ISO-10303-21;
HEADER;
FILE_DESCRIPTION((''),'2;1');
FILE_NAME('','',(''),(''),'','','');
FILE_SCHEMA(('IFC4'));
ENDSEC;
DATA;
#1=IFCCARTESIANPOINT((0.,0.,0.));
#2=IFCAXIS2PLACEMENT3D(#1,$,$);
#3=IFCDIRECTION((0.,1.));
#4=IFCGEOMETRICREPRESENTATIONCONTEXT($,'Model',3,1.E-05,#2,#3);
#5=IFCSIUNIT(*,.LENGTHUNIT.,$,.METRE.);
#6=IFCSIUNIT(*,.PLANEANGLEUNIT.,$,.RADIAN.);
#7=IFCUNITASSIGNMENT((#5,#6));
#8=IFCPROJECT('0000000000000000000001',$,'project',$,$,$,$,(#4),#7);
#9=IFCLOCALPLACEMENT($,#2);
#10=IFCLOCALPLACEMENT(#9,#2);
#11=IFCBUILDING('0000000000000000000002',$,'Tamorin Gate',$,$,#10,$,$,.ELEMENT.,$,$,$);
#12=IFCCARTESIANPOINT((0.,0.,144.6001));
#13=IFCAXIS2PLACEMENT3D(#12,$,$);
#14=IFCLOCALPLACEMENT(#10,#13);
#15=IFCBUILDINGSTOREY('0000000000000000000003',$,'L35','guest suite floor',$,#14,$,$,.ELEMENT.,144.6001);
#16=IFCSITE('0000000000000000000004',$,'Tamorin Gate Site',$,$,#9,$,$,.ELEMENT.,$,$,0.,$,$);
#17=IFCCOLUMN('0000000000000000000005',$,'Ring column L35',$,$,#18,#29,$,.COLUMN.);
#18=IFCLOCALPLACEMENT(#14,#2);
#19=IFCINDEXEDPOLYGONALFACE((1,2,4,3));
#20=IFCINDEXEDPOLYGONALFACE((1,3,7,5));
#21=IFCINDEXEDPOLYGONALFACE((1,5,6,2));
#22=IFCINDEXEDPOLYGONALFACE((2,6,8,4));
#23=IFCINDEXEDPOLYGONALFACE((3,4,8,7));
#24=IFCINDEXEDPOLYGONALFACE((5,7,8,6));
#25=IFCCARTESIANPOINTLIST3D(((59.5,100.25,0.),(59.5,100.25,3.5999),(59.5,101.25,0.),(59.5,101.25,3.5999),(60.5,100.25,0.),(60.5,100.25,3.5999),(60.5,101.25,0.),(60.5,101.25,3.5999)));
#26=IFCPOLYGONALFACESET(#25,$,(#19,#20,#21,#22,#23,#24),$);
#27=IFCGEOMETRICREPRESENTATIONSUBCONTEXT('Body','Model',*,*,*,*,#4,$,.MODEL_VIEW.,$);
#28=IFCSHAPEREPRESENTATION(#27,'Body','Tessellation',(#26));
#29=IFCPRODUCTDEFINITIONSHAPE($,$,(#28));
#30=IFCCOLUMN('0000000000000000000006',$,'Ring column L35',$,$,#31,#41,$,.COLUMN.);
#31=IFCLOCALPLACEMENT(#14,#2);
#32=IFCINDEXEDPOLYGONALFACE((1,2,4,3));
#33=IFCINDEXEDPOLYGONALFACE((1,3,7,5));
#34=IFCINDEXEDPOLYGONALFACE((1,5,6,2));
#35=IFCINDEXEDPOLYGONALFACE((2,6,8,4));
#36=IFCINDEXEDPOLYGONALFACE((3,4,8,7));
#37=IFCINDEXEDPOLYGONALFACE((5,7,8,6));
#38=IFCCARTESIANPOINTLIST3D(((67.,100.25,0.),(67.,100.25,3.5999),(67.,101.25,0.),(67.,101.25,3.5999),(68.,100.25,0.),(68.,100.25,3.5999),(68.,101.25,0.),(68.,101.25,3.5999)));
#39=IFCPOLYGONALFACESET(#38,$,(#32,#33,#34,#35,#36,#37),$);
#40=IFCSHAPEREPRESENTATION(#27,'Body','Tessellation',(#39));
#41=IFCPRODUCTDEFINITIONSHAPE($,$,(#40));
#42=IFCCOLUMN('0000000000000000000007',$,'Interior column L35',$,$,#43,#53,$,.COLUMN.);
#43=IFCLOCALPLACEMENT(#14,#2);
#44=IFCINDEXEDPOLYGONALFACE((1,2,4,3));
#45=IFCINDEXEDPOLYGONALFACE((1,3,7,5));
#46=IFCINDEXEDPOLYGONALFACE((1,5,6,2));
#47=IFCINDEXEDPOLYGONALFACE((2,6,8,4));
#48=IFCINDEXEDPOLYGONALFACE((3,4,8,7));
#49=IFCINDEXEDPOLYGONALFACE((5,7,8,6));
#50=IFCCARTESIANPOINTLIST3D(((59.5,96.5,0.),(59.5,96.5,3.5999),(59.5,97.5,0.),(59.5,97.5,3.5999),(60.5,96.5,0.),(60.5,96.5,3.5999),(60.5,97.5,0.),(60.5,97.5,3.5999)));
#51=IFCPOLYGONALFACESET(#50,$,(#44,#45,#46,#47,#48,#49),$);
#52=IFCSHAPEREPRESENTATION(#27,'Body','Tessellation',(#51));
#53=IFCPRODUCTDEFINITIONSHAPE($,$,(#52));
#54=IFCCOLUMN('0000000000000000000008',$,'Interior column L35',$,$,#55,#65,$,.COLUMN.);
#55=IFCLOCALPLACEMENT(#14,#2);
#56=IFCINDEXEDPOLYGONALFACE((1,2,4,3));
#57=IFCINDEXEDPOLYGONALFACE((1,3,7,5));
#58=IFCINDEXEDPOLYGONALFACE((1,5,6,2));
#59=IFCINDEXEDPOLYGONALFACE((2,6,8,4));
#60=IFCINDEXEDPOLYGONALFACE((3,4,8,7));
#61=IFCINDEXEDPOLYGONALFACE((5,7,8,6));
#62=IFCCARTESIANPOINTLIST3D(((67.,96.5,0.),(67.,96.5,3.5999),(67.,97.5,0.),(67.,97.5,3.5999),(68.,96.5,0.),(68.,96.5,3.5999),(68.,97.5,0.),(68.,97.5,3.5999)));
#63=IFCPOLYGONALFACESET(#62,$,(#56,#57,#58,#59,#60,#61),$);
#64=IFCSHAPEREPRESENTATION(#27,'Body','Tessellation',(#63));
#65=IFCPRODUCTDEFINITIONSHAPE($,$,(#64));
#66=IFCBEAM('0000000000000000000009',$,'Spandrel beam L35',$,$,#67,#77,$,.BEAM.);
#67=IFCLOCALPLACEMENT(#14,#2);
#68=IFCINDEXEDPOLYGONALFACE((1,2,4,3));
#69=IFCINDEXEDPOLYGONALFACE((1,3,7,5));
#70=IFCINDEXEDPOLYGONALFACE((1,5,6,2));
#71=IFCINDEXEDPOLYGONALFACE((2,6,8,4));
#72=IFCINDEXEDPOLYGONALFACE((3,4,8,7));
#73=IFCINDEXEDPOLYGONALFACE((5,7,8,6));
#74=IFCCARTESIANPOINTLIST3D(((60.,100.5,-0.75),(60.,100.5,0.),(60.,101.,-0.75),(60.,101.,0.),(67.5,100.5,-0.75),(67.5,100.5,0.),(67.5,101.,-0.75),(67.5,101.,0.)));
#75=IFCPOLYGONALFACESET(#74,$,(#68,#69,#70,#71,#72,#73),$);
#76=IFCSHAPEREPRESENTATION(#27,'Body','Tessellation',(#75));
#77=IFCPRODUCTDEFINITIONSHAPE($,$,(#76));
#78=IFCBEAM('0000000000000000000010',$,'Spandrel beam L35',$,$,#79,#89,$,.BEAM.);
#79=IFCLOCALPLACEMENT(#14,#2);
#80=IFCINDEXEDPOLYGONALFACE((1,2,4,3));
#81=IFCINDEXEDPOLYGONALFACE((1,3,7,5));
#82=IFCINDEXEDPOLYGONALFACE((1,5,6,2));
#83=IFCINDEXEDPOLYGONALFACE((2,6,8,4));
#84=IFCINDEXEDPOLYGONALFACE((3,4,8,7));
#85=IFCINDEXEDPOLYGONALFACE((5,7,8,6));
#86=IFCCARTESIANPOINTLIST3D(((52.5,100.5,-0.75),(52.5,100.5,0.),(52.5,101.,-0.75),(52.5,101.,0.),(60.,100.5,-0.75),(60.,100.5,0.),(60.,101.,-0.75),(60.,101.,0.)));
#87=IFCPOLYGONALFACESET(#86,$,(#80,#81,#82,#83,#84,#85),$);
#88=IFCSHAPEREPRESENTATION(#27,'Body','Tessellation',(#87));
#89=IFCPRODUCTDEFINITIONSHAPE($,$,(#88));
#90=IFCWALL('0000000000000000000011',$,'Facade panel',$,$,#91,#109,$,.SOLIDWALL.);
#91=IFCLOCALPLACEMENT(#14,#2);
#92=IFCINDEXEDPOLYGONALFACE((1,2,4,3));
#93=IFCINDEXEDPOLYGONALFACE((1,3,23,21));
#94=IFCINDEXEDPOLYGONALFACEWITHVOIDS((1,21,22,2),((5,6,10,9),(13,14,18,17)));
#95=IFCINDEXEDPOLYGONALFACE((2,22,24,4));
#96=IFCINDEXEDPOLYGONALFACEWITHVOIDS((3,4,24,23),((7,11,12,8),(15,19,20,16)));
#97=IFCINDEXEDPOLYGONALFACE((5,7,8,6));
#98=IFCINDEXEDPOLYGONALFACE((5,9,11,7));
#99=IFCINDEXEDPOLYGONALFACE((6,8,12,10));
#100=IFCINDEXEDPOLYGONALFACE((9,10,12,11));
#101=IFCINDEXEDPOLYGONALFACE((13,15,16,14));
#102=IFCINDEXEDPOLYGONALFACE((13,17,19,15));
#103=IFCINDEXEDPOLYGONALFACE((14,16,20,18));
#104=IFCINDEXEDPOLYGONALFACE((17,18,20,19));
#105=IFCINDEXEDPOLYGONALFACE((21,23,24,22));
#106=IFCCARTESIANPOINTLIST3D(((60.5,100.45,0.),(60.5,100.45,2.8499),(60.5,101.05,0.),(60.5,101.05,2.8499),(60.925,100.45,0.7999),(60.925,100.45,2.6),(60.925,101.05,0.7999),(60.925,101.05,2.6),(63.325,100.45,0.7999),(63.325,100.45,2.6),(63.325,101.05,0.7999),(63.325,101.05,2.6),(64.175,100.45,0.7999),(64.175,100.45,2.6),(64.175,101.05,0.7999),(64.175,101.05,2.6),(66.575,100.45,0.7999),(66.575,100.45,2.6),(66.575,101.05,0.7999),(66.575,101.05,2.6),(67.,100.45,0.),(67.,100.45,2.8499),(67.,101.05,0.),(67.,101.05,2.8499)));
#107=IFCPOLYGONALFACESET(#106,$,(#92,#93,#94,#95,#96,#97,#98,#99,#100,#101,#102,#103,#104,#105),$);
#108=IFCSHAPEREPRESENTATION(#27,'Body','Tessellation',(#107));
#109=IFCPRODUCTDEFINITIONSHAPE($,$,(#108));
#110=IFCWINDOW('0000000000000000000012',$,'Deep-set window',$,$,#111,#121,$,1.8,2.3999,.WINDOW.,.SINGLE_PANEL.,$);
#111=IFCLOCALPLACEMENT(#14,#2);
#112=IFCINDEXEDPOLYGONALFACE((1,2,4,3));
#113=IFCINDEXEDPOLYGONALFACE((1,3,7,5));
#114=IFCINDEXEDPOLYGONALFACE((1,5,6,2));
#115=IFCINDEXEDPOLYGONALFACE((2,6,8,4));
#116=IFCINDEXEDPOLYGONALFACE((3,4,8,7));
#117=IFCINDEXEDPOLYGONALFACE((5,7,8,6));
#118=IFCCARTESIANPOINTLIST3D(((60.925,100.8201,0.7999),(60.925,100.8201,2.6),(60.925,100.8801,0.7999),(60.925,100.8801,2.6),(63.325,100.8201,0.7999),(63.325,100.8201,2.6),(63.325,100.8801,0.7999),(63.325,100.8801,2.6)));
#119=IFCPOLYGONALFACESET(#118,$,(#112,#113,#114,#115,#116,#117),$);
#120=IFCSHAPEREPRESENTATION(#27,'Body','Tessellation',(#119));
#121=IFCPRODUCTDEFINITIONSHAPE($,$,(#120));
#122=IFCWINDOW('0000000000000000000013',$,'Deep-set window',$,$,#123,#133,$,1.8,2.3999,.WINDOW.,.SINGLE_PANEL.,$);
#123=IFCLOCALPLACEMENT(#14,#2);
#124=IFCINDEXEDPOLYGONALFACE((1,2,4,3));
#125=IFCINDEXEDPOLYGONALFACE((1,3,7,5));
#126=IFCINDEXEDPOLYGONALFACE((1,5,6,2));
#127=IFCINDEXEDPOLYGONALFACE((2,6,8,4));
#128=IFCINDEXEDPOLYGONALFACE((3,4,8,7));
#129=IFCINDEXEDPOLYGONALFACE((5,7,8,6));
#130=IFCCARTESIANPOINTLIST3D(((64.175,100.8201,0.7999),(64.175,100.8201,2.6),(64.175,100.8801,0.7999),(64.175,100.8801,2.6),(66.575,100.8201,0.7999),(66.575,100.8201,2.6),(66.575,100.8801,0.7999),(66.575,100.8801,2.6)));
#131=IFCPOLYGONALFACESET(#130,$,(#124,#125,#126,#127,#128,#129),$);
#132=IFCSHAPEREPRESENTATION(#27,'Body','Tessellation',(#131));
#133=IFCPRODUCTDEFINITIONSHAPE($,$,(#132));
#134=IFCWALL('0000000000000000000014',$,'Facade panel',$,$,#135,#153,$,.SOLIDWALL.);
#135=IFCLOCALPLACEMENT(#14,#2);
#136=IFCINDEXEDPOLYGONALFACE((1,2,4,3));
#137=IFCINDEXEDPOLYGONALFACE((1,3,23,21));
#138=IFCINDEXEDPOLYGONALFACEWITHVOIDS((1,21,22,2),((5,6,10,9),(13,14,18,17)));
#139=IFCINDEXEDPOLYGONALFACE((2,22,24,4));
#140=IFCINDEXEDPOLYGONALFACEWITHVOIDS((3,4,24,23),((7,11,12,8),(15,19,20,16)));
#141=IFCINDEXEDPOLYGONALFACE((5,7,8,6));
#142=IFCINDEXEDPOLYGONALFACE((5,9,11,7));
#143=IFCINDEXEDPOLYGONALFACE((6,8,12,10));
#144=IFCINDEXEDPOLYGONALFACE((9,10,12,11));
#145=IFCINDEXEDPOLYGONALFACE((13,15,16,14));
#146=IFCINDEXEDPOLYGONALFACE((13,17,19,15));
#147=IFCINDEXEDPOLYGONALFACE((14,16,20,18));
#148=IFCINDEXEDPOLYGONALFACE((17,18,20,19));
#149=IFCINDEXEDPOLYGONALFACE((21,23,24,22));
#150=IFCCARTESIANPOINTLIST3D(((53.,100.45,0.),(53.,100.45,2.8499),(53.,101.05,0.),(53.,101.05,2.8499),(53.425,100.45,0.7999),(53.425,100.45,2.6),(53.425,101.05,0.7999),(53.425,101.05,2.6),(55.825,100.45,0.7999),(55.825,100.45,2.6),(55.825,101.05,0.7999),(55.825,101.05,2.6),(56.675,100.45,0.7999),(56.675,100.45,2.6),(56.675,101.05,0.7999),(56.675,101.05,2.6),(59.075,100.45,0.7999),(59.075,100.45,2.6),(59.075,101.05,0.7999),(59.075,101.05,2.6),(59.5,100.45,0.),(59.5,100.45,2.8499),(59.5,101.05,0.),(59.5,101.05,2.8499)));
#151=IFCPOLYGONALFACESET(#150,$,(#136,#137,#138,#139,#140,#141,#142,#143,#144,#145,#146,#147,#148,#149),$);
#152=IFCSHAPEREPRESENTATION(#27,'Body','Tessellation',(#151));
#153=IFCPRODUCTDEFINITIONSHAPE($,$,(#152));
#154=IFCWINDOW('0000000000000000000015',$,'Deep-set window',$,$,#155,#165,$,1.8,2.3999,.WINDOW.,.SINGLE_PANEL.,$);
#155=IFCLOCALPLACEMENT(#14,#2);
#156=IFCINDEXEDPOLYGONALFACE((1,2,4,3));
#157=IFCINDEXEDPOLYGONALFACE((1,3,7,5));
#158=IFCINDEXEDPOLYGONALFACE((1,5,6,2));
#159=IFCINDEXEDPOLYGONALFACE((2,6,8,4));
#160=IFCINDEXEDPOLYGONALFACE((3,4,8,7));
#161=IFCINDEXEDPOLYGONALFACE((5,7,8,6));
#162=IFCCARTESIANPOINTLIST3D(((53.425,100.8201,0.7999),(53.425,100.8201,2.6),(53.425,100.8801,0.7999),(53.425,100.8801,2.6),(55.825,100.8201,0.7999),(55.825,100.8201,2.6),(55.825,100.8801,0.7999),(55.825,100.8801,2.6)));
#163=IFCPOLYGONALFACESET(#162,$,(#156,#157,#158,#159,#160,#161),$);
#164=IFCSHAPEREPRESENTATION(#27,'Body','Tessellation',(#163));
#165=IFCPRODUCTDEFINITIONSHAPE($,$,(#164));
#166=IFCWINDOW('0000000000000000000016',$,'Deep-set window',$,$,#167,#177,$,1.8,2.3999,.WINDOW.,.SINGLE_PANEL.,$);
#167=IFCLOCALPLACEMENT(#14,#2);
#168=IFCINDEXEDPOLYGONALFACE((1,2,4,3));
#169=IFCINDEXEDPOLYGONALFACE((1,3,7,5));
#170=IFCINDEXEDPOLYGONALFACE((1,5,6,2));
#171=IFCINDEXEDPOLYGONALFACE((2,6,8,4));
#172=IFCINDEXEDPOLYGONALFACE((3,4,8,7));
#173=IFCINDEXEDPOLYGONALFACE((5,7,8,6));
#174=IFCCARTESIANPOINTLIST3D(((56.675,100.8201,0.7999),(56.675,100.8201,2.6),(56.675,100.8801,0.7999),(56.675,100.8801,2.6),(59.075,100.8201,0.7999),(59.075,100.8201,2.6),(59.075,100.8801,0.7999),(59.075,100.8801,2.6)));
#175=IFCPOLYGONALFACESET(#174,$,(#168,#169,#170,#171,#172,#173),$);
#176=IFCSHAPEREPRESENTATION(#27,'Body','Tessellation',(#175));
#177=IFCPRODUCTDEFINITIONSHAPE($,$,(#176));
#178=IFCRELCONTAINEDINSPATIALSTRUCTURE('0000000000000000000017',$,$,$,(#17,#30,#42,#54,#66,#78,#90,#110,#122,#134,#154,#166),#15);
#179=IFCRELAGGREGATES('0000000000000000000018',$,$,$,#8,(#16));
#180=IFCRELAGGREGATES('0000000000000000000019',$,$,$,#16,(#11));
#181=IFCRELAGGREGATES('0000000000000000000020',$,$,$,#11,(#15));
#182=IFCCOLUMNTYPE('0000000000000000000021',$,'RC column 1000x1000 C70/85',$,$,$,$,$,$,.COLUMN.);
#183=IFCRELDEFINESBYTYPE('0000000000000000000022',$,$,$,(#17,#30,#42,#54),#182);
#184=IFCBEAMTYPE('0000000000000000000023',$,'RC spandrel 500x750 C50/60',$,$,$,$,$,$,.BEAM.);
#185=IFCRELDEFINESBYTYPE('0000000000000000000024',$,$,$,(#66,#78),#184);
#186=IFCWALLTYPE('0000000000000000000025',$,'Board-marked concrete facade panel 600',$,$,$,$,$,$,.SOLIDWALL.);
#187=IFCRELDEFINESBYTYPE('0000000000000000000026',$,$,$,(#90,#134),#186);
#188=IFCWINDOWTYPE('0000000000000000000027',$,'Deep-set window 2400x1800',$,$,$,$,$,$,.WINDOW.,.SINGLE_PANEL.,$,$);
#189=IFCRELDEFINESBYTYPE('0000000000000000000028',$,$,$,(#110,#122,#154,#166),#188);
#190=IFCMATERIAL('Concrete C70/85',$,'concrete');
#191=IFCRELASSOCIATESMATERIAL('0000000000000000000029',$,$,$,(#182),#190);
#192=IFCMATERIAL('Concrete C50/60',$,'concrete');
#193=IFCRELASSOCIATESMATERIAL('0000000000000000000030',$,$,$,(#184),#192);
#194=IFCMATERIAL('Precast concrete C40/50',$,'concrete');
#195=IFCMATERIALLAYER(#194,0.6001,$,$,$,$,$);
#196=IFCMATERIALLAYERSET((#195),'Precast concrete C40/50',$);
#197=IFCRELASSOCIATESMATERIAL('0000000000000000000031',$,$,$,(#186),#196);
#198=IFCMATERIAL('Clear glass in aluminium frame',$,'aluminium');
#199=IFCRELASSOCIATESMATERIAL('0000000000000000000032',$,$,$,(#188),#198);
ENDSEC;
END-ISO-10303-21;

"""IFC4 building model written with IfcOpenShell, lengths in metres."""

from ifc_helpers import new_model, si_unit, direction, frame, frame_2d, origin, origin_2d, place, context, subcontext, project, spatial, rectangle, extrude, material, layer, layer_set, material_profile, profile_set, type_object, element, fill, save


model = new_model("IFC4")

# Units and contexts
model_context = context("Model", 3, precision=1e-05, world=origin(), true_north=direction((0.0, 1.0)))
body_context = subcontext(model_context, "Body", "Model", "MODEL_VIEW")
ifc_project = project(units=[si_unit("LENGTHUNIT", "METRE"), si_unit("PLANEANGLEUNIT", "RADIAN")], contexts=[model_context])

# Site, building, storey
site_placement = place(None, origin())
site = spatial("IfcSite", under=ifc_project, at=site_placement, Name="Tamorin Gate Site", CompositionType="ELEMENT", RefElevation=0.0)
building_placement = place(site_placement, origin())
building = spatial("IfcBuilding", under=site, at=building_placement, Name="Tamorin Gate", CompositionType="ELEMENT")
storey_placement = place(building_placement, frame((0.0, 0.0, 144.6001)))
storey = spatial("IfcBuildingStorey", under=building, at=storey_placement, Name="L35", Description="guest suite floor", CompositionType="ELEMENT", Elevation=144.6001)

# Columns
ifc_material_1 = material(Name="Concrete C70/85", Category="concrete")
ifc_material_profile_1 = material_profile(ifc_material_1, rectangle(XDim=1.0, YDim=1.0, at=origin_2d()), Name="RC 1000x1000")
ifc_profile_set_1 = profile_set([ifc_material_profile_1], Name="Concrete C70/85")
column_type = type_object("IfcColumnType", Name="RC column 1000x1000 C70/85", PredefinedType="COLUMN", material=ifc_profile_set_1)
for number, where, z_axis, x_axis, name in (
    (1, (60.0, 100.75, 0.0), (0.0, 0.0, 1.0), (1.0, 0.0, 0.0), "Ring column L35"),
    (2, (67.5, 100.75, 0.0), (0.0, 0.0, 1.0), (1.0, 0.0, 0.0), "Ring column L35"),
    (3, (60.0, 97.0, 0.0), (0.0, 0.0, 1.0), (1.0, 0.0, 0.0), "Interior column L35"),
    (4, (67.5, 97.0, 0.0), (0.0, 0.0, 1.0), (1.0, 0.0, 0.0), "Interior column L35"),
):
    element("IfcColumn", number, at=place(storey_placement, frame(where, z_axis=z_axis, x_axis=x_axis)), inside=storey, type_object=column_type, Name=name, PredefinedType="COLUMN", context=body_context, shape_type="SweptSolid", body=[
        extrude(rectangle(XDim=1.0, YDim=1.0, at=origin_2d()), origin(), (0.0, 0.0, 1.0), 3.5999),
    ])

# Beams
ifc_material_2 = material(Name="Concrete C50/60", Category="concrete")
ifc_material_profile_2 = material_profile(ifc_material_2, rectangle(XDim=0.5, YDim=0.75, at=origin_2d()), Name="RC 500x750")
ifc_profile_set_2 = profile_set([ifc_material_profile_2], Name="Concrete C50/60")
beam_type = type_object("IfcBeamType", Name="RC spandrel 500x750 C50/60", PredefinedType="BEAM", material=ifc_profile_set_2)
for number, where, z_axis, x_axis, name in (
    (5, (67.5, 100.75, -0.375), (-1.0, 0.0, 0.0), (0.0, -1.0, 0.0), "Spandrel beam L35"),
    (6, (60.0, 100.75, -0.375), (-1.0, 0.0, 0.0), (0.0, -1.0, 0.0), "Spandrel beam L35"),
):
    element("IfcBeam", number, at=place(storey_placement, frame(where, z_axis=z_axis, x_axis=x_axis)), inside=storey, type_object=beam_type, Name=name, PredefinedType="BEAM", context=body_context, shape_type="SweptSolid", body=[
        extrude(rectangle(XDim=0.5, YDim=0.75, at=origin_2d()), origin(), (0.0, 0.0, 1.0), 7.5),
    ])

# Walls, openings, windows
ifc_material_3 = material(Name="Precast concrete C40/50", Category="concrete")
ifc_layer_1 = layer(ifc_material_3, 0.6001)
ifc_layer_set_1 = layer_set([ifc_layer_1], Name="Precast concrete C40/50")
wall_type_1 = type_object("IfcWallType", Name="Board-marked concrete facade panel 600", PredefinedType="SOLIDWALL", material=ifc_layer_set_1)
wall_1_placement = place(storey_placement, frame((67.0, 100.75, 0.0), z_axis=(0.0, 0.0, 1.0), x_axis=(-1.0, 0.0, 0.0)))
wall_1 = element("IfcWall", 7, at=wall_1_placement, inside=storey, type_object=wall_type_1, Name="Facade panel", PredefinedType="SOLIDWALL", context=body_context, shape_type="SweptSolid", body=[
    extrude(rectangle(XDim=6.5, YDim=0.6001, at=frame_2d((3.25, 0.0))), origin(), (0.0, 0.0, 1.0), 2.8499),
])
opening_1_placement = place(wall_1_placement, frame((3.675, 0.0, 0.8)))
opening_1 = element("IfcOpeningElement", 8, at=opening_1_placement, cuts=wall_1, PredefinedType="OPENING", context=body_context, shape_type="SweptSolid", body=[
    extrude(rectangle(XDim=2.3999, YDim=1.8, at=frame_2d((1.2, 0.8999))), frame((0.0, 0.3101, 0.0), z_axis=(0.0, -1.0, 0.0), x_axis=(1.0, 0.0, 0.0)), (0.0, 0.0, 1.0), 0.6201),
])
opening_2_placement = place(wall_1_placement, frame((0.425, 0.0, 0.8)))
opening_2 = element("IfcOpeningElement", 9, at=opening_2_placement, cuts=wall_1, PredefinedType="OPENING", context=body_context, shape_type="SweptSolid", body=[
    extrude(rectangle(XDim=2.3999, YDim=1.8, at=frame_2d((1.2, 0.8999))), frame((0.0, 0.3101, 0.0), z_axis=(0.0, -1.0, 0.0), x_axis=(1.0, 0.0, 0.0)), (0.0, 0.0, 1.0), 0.6201),
])
ifc_material_4 = material(Name="Clear glass in aluminium frame", Category="aluminium")
window_type = type_object("IfcWindowType", Name="Deep-set window 2400x1800", PartitioningType="SINGLE_PANEL", PredefinedType="WINDOW", material=ifc_material_4)
window_1_placement = place(opening_1_placement, origin())
window_1 = element("IfcWindow", 10, at=window_1_placement, inside=storey, type_object=window_type, Name="Deep-set window", OverallHeight=1.8, OverallWidth=2.3999, PartitioningType="SINGLE_PANEL", PredefinedType="WINDOW", context=body_context, shape_type="SweptSolid", body=[
    extrude(rectangle(XDim=2.3999, YDim=1.8, at=frame_2d((1.2, 0.8999))), frame((0.0, -0.0701, 0.0), z_axis=(0.0, -1.0, 0.0), x_axis=(1.0, 0.0, 0.0)), (0.0, 0.0, 1.0), 0.0601),
])
fill(opening_1, window_1)
window_2_placement = place(opening_2_placement, origin())
window_2 = element("IfcWindow", 11, at=window_2_placement, inside=storey, type_object=window_type, Name="Deep-set window", OverallHeight=1.8, OverallWidth=2.3999, PartitioningType="SINGLE_PANEL", PredefinedType="WINDOW", context=body_context, shape_type="SweptSolid", body=[
    extrude(rectangle(XDim=2.3999, YDim=1.8, at=frame_2d((1.2, 0.8999))), frame((0.0, -0.0701, 0.0), z_axis=(0.0, -1.0, 0.0), x_axis=(1.0, 0.0, 0.0)), (0.0, 0.0, 1.0), 0.0601),
])
fill(opening_2, window_2)
wall_2_placement = place(storey_placement, frame((59.5, 100.75, 0.0), z_axis=(0.0, 0.0, 1.0), x_axis=(-1.0, 0.0, 0.0)))
wall_2 = element("IfcWall", 12, at=wall_2_placement, inside=storey, type_object=wall_type_1, Name="Facade panel", PredefinedType="SOLIDWALL", context=body_context, shape_type="SweptSolid", body=[
    extrude(rectangle(XDim=6.5, YDim=0.6001, at=frame_2d((3.25, 0.0))), origin(), (0.0, 0.0, 1.0), 2.8499),
])
opening_3_placement = place(wall_2_placement, frame((3.675, 0.0, 0.8)))
opening_3 = element("IfcOpeningElement", 13, at=opening_3_placement, cuts=wall_2, PredefinedType="OPENING", context=body_context, shape_type="SweptSolid", body=[
    extrude(rectangle(XDim=2.3999, YDim=1.8, at=frame_2d((1.2, 0.8999))), frame((0.0, 0.3101, 0.0), z_axis=(0.0, -1.0, 0.0), x_axis=(1.0, 0.0, 0.0)), (0.0, 0.0, 1.0), 0.6201),
])
opening_4_placement = place(wall_2_placement, frame((0.425, 0.0, 0.8)))
opening_4 = element("IfcOpeningElement", 14, at=opening_4_placement, cuts=wall_2, PredefinedType="OPENING", context=body_context, shape_type="SweptSolid", body=[
    extrude(rectangle(XDim=2.3999, YDim=1.8, at=frame_2d((1.2, 0.8999))), frame((0.0, 0.3101, 0.0), z_axis=(0.0, -1.0, 0.0), x_axis=(1.0, 0.0, 0.0)), (0.0, 0.0, 1.0), 0.6201),
])
window_3_placement = place(opening_3_placement, origin())
window_3 = element("IfcWindow", 15, at=window_3_placement, inside=storey, type_object=window_type, Name="Deep-set window", OverallHeight=1.8, OverallWidth=2.3999, PartitioningType="SINGLE_PANEL", PredefinedType="WINDOW", context=body_context, shape_type="SweptSolid", body=[
    extrude(rectangle(XDim=2.3999, YDim=1.8, at=frame_2d((1.2, 0.8999))), frame((0.0, -0.0701, 0.0), z_axis=(0.0, -1.0, 0.0), x_axis=(1.0, 0.0, 0.0)), (0.0, 0.0, 1.0), 0.0601),
])
fill(opening_3, window_3)
window_4_placement = place(opening_4_placement, origin())
window_4 = element("IfcWindow", 16, at=window_4_placement, inside=storey, type_object=window_type, Name="Deep-set window", OverallHeight=1.8, OverallWidth=2.3999, PartitioningType="SINGLE_PANEL", PredefinedType="WINDOW", context=body_context, shape_type="SweptSolid", body=[
    extrude(rectangle(XDim=2.3999, YDim=1.8, at=frame_2d((1.2, 0.8999))), frame((0.0, -0.0701, 0.0), z_axis=(0.0, -1.0, 0.0), x_axis=(1.0, 0.0, 0.0)), (0.0, 0.0, 1.0), 0.0601),
])
fill(opening_4, window_4)

save(model, "model.ifc")
